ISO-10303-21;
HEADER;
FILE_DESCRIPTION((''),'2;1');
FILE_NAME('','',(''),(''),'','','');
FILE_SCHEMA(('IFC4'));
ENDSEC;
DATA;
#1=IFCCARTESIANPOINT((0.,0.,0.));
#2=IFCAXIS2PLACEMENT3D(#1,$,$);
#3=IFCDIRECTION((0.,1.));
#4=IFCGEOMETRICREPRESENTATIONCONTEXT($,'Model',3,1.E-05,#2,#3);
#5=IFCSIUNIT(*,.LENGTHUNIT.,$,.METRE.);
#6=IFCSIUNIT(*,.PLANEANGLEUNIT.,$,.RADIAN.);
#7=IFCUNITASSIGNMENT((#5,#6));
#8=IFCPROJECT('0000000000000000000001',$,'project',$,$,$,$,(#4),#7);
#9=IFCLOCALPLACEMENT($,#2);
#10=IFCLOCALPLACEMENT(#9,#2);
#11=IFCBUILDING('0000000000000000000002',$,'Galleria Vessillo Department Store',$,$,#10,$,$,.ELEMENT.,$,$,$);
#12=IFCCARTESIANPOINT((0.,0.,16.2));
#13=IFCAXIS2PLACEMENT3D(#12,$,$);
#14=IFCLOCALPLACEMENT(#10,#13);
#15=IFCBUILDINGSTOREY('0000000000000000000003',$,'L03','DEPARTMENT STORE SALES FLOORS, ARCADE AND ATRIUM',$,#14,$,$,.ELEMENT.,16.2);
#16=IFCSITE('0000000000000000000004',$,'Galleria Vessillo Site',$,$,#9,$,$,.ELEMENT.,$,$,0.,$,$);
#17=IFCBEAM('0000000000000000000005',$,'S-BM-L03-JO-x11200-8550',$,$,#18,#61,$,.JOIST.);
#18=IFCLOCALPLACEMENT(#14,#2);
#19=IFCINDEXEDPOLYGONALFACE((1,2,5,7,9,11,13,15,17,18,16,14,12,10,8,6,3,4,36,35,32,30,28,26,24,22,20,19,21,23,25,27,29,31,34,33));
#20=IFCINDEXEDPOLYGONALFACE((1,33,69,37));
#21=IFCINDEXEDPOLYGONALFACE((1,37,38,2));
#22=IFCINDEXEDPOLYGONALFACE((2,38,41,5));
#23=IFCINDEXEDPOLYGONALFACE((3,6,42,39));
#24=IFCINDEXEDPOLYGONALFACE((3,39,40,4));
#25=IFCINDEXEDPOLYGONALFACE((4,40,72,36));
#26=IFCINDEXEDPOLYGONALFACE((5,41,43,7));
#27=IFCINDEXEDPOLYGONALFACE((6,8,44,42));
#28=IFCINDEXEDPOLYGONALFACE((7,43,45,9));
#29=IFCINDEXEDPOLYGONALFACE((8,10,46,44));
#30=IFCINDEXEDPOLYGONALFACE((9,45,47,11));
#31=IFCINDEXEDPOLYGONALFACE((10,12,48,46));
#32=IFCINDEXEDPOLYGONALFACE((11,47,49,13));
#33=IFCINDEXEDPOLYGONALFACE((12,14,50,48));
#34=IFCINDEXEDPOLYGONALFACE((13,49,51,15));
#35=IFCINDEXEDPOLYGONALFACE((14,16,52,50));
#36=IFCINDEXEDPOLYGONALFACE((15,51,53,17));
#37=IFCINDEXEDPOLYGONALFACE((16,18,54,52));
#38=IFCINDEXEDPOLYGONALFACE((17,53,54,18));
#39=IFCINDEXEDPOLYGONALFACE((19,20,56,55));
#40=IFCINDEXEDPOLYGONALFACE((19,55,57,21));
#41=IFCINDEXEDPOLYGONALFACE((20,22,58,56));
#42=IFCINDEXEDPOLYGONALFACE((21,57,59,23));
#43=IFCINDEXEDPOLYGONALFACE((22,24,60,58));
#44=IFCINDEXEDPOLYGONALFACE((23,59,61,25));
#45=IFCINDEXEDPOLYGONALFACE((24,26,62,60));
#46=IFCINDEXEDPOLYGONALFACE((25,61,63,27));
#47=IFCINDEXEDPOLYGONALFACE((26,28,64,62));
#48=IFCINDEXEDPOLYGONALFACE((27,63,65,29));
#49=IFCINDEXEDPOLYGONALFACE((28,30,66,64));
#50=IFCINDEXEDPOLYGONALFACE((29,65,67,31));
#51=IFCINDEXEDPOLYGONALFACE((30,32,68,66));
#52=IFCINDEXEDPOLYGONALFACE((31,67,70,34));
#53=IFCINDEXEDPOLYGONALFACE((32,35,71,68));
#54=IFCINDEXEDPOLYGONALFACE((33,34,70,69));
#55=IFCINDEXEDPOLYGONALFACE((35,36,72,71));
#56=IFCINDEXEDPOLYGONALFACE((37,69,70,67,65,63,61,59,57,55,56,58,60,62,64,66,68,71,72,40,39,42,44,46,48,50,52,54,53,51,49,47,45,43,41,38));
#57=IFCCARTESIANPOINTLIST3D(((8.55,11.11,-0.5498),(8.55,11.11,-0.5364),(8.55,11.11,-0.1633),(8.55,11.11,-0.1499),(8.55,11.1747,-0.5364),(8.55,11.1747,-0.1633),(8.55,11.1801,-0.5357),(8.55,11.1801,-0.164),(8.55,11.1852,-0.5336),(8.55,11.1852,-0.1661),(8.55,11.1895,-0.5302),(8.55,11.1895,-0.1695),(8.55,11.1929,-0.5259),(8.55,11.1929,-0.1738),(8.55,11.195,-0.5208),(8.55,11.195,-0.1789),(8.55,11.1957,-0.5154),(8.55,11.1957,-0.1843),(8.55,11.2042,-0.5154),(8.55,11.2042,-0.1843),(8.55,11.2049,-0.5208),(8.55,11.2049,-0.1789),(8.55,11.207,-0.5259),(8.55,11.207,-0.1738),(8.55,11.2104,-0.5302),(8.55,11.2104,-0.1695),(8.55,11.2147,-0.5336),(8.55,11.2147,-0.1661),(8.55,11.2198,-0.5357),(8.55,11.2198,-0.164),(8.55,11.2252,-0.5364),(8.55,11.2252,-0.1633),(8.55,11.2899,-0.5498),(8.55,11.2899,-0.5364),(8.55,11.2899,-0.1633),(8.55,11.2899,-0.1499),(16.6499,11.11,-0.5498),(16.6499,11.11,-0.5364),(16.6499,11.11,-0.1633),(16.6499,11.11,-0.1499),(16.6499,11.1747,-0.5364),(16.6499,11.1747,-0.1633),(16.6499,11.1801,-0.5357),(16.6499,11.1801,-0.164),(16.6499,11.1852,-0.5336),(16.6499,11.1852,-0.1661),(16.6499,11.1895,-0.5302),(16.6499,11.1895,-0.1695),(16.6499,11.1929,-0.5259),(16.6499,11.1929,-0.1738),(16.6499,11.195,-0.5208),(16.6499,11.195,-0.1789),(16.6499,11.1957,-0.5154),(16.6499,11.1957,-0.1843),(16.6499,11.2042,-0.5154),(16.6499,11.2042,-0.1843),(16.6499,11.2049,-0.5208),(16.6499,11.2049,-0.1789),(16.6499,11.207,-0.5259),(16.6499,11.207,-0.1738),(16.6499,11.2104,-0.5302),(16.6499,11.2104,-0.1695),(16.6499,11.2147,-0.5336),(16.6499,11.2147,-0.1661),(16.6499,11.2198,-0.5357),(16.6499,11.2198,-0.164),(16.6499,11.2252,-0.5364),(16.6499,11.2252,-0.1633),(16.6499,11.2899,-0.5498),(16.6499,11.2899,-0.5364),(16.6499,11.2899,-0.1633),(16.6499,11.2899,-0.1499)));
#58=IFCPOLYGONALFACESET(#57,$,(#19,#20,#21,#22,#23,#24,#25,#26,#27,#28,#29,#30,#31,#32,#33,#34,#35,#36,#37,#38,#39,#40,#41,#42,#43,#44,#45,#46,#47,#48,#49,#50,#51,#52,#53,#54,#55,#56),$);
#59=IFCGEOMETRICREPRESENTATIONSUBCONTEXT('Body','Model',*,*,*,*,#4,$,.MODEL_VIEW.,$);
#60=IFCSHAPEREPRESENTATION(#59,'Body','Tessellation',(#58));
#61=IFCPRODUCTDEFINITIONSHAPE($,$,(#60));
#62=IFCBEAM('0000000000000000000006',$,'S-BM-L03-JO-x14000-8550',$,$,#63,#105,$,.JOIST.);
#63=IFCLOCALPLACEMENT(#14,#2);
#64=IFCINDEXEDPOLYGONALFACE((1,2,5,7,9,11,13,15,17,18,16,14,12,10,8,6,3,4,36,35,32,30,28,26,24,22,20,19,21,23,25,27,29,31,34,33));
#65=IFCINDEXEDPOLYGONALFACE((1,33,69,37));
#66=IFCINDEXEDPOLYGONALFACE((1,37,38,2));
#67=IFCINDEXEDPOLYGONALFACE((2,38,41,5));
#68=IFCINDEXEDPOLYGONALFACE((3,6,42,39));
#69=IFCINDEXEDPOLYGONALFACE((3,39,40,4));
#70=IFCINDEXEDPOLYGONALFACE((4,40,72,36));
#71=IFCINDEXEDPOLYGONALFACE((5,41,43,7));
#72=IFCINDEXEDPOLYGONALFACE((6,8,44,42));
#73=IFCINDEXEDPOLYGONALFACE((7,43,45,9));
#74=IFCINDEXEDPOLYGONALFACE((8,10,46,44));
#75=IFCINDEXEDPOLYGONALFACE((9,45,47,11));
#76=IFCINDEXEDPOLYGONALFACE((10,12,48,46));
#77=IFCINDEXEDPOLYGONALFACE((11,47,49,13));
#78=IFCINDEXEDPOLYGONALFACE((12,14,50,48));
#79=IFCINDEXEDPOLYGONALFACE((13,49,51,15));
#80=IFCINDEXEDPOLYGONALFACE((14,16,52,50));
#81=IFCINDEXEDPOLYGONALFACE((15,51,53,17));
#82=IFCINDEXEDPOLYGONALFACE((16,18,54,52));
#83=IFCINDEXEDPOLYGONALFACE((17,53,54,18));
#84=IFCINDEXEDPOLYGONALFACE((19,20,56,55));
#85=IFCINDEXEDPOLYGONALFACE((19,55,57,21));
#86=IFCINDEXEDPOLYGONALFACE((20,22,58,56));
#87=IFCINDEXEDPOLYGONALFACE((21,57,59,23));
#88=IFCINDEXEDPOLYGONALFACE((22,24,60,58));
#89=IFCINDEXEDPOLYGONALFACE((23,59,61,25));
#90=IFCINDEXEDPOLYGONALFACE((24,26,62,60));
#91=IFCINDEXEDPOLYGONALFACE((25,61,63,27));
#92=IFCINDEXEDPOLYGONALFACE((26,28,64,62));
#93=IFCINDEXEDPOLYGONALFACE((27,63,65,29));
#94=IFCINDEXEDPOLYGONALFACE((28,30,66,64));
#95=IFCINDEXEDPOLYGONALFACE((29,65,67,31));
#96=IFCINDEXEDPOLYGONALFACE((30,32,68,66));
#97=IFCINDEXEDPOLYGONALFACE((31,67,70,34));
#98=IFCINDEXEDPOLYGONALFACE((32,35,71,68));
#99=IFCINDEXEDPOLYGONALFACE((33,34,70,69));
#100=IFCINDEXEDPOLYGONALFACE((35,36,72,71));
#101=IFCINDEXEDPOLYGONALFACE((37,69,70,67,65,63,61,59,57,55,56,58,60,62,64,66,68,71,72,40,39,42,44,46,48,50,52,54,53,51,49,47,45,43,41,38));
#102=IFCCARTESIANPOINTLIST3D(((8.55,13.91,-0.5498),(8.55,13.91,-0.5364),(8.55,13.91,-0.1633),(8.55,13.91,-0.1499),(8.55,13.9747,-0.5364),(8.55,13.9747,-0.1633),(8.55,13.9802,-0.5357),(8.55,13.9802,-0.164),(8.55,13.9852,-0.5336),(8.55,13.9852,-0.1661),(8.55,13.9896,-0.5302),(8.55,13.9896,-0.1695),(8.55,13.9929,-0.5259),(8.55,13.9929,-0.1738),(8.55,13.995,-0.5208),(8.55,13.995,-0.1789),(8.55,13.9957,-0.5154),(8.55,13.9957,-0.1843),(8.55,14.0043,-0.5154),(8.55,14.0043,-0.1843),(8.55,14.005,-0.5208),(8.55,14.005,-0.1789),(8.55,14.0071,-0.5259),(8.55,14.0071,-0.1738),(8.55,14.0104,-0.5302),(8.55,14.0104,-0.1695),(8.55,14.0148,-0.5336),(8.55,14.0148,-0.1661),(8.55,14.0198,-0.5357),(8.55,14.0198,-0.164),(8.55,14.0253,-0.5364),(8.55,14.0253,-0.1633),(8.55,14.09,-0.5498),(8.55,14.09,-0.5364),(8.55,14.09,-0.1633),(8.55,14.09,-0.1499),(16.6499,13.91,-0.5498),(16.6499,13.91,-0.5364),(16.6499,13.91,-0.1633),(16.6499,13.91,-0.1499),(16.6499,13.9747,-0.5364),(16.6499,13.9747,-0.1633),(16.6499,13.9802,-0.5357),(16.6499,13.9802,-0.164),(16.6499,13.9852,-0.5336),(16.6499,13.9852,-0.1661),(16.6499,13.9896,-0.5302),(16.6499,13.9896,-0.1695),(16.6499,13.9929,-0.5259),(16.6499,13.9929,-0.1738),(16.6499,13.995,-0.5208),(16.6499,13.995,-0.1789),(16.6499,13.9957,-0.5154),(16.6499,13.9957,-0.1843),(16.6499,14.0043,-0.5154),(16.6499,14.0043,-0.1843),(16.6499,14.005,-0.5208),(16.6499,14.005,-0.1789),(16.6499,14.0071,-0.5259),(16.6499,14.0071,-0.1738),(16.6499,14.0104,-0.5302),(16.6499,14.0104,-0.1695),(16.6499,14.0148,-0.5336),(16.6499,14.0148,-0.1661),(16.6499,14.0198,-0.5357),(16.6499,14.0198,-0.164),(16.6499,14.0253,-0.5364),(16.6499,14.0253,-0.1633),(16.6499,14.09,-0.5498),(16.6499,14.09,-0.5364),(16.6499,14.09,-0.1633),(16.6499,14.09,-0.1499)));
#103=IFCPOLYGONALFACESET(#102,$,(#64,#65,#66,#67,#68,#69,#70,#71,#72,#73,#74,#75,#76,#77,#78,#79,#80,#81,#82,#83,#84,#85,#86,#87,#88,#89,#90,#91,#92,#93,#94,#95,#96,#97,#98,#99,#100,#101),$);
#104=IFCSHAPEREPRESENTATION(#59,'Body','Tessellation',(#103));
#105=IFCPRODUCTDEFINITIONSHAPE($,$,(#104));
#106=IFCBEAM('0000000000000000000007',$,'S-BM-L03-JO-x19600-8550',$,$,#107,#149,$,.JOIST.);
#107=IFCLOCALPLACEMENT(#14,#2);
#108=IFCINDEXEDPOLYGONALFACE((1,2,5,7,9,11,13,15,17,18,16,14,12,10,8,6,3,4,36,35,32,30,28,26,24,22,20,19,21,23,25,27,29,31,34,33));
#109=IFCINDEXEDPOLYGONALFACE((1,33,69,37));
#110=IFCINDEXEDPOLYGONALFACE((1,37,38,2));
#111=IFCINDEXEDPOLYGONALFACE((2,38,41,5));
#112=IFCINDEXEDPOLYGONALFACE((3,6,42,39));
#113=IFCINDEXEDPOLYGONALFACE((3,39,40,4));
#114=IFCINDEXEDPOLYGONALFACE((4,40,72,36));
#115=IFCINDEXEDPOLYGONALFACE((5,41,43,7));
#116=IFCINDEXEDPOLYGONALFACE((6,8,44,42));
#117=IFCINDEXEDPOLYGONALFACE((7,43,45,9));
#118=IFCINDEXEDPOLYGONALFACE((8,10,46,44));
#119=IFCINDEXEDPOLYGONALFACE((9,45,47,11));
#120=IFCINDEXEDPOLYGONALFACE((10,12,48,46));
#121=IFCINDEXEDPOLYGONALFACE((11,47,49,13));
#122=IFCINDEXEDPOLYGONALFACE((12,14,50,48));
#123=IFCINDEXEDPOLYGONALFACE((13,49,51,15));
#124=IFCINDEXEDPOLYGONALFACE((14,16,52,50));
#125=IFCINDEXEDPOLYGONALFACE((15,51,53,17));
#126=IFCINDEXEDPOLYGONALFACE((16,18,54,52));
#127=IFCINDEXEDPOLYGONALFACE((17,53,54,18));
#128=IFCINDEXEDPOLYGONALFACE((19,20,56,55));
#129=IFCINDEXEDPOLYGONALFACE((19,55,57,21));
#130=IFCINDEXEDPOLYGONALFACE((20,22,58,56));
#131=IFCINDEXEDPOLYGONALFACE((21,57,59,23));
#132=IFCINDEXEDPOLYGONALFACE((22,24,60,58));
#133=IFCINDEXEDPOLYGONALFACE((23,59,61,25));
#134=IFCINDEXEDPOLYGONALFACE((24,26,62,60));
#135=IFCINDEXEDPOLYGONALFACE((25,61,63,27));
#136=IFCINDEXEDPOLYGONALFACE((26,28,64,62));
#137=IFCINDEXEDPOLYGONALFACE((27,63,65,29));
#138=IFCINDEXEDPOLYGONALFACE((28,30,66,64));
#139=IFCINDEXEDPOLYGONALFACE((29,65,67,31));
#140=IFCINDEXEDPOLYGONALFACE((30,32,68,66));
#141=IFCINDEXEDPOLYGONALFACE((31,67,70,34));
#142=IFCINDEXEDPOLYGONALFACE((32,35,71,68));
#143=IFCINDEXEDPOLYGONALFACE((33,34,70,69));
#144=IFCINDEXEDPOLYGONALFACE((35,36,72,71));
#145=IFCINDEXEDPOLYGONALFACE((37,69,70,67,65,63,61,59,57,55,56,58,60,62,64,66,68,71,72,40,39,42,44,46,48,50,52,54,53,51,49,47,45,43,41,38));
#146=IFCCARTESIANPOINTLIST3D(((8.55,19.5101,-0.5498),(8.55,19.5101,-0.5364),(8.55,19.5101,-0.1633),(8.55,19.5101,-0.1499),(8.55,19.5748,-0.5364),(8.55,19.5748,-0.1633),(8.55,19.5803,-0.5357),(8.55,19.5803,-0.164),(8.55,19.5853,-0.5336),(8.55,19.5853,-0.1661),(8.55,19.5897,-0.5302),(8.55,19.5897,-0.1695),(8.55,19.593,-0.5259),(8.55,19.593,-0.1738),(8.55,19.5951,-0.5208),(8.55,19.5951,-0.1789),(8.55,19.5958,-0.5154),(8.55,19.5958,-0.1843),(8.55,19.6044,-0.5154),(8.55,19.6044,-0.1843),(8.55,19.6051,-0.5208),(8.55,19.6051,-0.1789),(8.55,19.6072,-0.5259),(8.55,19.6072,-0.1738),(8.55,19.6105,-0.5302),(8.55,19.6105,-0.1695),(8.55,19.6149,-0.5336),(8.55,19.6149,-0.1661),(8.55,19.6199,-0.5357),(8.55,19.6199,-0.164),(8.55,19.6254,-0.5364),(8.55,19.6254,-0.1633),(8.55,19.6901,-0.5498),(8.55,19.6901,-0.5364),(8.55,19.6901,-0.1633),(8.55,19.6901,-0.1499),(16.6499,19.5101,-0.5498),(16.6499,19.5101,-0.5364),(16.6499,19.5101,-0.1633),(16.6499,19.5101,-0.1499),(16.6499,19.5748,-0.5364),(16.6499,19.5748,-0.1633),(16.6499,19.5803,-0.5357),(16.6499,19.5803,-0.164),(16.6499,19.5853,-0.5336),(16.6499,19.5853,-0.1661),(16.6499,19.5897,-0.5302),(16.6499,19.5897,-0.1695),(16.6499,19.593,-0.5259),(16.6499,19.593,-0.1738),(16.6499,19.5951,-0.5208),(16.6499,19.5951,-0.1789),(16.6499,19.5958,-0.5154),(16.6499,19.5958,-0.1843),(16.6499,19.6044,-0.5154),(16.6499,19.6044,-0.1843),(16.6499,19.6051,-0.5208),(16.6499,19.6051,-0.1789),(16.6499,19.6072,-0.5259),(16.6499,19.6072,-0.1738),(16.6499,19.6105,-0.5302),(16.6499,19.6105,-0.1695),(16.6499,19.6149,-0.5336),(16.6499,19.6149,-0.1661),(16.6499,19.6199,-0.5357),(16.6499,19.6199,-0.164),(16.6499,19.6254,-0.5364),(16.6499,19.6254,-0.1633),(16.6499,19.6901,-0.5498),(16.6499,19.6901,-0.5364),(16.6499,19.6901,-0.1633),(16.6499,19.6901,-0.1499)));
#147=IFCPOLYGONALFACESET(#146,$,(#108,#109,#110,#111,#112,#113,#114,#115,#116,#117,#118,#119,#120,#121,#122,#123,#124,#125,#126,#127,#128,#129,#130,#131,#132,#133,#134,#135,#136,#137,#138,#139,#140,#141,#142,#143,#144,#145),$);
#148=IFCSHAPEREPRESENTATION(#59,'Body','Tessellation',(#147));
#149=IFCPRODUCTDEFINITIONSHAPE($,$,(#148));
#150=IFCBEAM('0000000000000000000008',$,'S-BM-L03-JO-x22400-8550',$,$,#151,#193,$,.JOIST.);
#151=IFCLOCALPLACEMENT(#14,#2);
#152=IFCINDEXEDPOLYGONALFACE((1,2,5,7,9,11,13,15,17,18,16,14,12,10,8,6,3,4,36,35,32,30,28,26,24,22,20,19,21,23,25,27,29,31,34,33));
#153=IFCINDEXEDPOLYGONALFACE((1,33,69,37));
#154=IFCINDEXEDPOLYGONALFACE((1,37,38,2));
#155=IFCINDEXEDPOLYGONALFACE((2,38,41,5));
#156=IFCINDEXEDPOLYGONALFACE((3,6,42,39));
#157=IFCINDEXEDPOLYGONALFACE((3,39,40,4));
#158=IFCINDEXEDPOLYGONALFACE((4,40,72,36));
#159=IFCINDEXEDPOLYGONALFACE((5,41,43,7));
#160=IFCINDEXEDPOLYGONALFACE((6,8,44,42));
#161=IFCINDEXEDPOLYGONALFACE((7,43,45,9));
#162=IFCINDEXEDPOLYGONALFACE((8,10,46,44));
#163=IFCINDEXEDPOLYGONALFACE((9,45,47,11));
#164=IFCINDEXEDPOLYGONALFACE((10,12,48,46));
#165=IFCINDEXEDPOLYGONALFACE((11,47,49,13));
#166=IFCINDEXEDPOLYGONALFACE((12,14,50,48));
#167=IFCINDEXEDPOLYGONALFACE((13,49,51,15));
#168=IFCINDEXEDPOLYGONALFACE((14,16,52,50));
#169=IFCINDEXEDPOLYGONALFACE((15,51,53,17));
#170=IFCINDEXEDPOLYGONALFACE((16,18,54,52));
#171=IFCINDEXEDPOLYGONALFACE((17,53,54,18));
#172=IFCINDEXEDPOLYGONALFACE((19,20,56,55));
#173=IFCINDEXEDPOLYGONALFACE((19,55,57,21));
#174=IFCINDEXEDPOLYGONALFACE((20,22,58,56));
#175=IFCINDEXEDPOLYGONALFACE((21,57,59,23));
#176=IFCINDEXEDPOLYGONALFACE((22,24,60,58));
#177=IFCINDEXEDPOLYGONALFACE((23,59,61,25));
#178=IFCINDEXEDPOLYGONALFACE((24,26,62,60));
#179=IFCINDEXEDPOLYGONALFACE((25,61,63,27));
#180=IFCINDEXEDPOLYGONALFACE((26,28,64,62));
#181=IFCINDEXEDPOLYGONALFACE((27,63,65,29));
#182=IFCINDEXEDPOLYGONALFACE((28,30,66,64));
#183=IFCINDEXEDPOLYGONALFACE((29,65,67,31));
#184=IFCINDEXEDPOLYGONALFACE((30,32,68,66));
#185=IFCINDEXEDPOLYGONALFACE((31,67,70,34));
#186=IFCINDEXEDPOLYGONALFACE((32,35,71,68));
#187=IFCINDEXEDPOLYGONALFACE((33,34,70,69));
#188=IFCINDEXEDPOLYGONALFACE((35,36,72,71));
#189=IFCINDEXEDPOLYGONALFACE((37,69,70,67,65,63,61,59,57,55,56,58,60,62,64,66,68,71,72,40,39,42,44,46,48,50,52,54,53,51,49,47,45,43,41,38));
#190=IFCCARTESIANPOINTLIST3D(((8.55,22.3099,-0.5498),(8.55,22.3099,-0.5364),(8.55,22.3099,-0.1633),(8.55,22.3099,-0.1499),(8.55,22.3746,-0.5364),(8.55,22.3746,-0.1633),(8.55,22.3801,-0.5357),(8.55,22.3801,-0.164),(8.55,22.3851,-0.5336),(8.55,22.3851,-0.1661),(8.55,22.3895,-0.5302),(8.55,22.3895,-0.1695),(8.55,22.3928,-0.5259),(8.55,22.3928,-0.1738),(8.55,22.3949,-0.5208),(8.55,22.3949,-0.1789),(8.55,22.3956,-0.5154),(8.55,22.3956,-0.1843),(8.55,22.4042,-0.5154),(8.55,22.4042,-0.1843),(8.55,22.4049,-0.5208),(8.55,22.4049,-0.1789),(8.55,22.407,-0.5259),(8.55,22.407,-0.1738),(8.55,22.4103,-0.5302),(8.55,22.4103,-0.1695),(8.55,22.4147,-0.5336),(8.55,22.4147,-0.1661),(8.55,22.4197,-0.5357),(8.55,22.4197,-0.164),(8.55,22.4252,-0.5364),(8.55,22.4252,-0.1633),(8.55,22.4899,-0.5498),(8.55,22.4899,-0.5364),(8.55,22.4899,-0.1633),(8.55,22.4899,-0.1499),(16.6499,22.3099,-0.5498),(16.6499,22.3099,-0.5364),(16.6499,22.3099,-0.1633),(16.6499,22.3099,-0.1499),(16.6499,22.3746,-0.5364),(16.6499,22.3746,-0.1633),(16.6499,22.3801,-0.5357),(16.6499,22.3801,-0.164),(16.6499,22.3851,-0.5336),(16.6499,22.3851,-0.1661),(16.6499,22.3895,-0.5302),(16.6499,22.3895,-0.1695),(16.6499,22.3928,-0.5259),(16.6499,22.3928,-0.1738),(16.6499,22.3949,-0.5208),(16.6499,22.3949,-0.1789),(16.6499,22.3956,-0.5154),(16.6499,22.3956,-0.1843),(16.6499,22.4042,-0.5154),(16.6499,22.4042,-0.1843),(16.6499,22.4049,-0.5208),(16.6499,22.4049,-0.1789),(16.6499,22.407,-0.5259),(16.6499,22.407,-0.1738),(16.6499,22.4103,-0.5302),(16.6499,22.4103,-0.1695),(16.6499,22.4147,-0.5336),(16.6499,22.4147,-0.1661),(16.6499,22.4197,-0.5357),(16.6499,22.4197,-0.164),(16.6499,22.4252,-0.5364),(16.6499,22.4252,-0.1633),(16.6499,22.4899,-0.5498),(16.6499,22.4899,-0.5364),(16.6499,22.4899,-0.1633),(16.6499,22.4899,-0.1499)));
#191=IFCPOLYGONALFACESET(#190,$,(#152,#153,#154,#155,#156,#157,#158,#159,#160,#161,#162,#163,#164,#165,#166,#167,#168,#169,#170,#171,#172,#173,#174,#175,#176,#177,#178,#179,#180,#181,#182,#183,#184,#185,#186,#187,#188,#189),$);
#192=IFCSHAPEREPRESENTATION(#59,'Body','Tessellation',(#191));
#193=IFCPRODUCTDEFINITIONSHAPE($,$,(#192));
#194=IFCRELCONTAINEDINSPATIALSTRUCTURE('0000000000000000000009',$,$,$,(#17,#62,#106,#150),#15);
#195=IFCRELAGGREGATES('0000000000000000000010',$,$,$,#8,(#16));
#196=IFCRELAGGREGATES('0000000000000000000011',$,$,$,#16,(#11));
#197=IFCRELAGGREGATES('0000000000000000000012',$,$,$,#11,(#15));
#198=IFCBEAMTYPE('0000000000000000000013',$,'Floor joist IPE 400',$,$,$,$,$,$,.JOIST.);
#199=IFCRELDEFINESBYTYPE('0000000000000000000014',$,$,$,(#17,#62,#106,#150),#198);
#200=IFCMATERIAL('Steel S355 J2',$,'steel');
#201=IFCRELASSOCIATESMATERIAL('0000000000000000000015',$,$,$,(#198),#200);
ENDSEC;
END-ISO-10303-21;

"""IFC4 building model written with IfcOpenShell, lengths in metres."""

from ifc_helpers import new_model, si_unit, direction, frame, origin, origin_2d, place, context, subcontext, project, spatial, i_section, extrude, material, material_profile, profile_set, type_object, element, save


model = new_model("IFC4")

# Units and contexts
model_context = context("Model", 3, precision=1e-05, world=origin(), true_north=direction((0.0, 1.0)))
body_context = subcontext(model_context, "Body", "Model", "MODEL_VIEW")
ifc_project = project(units=[si_unit("LENGTHUNIT", "METRE"), si_unit("PLANEANGLEUNIT", "RADIAN")], contexts=[model_context])

# Site, building, storey
site_placement = place(None, origin())
site = spatial("IfcSite", under=ifc_project, at=site_placement, Name="Galleria Vessillo Site", CompositionType="ELEMENT", RefElevation=0.0)
building_placement = place(site_placement, origin())
building = spatial("IfcBuilding", under=site, at=building_placement, Name="Galleria Vessillo Department Store", CompositionType="ELEMENT")
storey_placement = place(building_placement, frame((0.0, 0.0, 16.2)))
storey = spatial("IfcBuildingStorey", under=building, at=storey_placement, Name="L03", Description="DEPARTMENT STORE SALES FLOORS, ARCADE AND ATRIUM", CompositionType="ELEMENT", Elevation=16.2)

# Beams
ifc_material_1 = material(Name="Steel S355 J2", Category="steel")
ifc_material_profile_1 = material_profile(ifc_material_1, i_section(OverallWidth=0.1799, OverallDepth=0.3999, WebThickness=0.0085, FlangeThickness=0.0134, FilletRadius=0.021, at=origin_2d()), Name="IPE 400")
ifc_profile_set_1 = profile_set([ifc_material_profile_1], Name="Steel S355 J2")
beam_type_1 = type_object("IfcBeamType", Name="Floor joist IPE 400", PredefinedType="JOIST", material=ifc_profile_set_1)
for number, where, z_axis, x_axis, name in (
    (1, (8.55, 11.2, -0.3499), (1.0, 0.0, 0.0), (0.0, 1.0, 0.0), "S-BM-L03-JO-x11200-8550"),
    (2, (8.55, 14.0, -0.3499), (1.0, 0.0, 0.0), (0.0, 1.0, 0.0), "S-BM-L03-JO-x14000-8550"),
    (3, (8.55, 19.6001, -0.3499), (1.0, 0.0, 0.0), (0.0, 1.0, 0.0), "S-BM-L03-JO-x19600-8550"),
    (4, (8.55, 22.3999, -0.3499), (1.0, 0.0, 0.0), (0.0, 1.0, 0.0), "S-BM-L03-JO-x22400-8550"),
):
    element("IfcBeam", number, at=place(storey_placement, frame(where, z_axis=z_axis, x_axis=x_axis)), inside=storey, type_object=beam_type_1, Name=name, PredefinedType="JOIST", context=body_context, shape_type="SweptSolid", body=[
        extrude(i_section(OverallWidth=0.1799, OverallDepth=0.3999, WebThickness=0.0085, FlangeThickness=0.0134, FilletRadius=0.021, at=origin_2d()), origin(), (0.0, 0.0, 1.0), 8.0999),
    ])

save(model, "model.ifc")
